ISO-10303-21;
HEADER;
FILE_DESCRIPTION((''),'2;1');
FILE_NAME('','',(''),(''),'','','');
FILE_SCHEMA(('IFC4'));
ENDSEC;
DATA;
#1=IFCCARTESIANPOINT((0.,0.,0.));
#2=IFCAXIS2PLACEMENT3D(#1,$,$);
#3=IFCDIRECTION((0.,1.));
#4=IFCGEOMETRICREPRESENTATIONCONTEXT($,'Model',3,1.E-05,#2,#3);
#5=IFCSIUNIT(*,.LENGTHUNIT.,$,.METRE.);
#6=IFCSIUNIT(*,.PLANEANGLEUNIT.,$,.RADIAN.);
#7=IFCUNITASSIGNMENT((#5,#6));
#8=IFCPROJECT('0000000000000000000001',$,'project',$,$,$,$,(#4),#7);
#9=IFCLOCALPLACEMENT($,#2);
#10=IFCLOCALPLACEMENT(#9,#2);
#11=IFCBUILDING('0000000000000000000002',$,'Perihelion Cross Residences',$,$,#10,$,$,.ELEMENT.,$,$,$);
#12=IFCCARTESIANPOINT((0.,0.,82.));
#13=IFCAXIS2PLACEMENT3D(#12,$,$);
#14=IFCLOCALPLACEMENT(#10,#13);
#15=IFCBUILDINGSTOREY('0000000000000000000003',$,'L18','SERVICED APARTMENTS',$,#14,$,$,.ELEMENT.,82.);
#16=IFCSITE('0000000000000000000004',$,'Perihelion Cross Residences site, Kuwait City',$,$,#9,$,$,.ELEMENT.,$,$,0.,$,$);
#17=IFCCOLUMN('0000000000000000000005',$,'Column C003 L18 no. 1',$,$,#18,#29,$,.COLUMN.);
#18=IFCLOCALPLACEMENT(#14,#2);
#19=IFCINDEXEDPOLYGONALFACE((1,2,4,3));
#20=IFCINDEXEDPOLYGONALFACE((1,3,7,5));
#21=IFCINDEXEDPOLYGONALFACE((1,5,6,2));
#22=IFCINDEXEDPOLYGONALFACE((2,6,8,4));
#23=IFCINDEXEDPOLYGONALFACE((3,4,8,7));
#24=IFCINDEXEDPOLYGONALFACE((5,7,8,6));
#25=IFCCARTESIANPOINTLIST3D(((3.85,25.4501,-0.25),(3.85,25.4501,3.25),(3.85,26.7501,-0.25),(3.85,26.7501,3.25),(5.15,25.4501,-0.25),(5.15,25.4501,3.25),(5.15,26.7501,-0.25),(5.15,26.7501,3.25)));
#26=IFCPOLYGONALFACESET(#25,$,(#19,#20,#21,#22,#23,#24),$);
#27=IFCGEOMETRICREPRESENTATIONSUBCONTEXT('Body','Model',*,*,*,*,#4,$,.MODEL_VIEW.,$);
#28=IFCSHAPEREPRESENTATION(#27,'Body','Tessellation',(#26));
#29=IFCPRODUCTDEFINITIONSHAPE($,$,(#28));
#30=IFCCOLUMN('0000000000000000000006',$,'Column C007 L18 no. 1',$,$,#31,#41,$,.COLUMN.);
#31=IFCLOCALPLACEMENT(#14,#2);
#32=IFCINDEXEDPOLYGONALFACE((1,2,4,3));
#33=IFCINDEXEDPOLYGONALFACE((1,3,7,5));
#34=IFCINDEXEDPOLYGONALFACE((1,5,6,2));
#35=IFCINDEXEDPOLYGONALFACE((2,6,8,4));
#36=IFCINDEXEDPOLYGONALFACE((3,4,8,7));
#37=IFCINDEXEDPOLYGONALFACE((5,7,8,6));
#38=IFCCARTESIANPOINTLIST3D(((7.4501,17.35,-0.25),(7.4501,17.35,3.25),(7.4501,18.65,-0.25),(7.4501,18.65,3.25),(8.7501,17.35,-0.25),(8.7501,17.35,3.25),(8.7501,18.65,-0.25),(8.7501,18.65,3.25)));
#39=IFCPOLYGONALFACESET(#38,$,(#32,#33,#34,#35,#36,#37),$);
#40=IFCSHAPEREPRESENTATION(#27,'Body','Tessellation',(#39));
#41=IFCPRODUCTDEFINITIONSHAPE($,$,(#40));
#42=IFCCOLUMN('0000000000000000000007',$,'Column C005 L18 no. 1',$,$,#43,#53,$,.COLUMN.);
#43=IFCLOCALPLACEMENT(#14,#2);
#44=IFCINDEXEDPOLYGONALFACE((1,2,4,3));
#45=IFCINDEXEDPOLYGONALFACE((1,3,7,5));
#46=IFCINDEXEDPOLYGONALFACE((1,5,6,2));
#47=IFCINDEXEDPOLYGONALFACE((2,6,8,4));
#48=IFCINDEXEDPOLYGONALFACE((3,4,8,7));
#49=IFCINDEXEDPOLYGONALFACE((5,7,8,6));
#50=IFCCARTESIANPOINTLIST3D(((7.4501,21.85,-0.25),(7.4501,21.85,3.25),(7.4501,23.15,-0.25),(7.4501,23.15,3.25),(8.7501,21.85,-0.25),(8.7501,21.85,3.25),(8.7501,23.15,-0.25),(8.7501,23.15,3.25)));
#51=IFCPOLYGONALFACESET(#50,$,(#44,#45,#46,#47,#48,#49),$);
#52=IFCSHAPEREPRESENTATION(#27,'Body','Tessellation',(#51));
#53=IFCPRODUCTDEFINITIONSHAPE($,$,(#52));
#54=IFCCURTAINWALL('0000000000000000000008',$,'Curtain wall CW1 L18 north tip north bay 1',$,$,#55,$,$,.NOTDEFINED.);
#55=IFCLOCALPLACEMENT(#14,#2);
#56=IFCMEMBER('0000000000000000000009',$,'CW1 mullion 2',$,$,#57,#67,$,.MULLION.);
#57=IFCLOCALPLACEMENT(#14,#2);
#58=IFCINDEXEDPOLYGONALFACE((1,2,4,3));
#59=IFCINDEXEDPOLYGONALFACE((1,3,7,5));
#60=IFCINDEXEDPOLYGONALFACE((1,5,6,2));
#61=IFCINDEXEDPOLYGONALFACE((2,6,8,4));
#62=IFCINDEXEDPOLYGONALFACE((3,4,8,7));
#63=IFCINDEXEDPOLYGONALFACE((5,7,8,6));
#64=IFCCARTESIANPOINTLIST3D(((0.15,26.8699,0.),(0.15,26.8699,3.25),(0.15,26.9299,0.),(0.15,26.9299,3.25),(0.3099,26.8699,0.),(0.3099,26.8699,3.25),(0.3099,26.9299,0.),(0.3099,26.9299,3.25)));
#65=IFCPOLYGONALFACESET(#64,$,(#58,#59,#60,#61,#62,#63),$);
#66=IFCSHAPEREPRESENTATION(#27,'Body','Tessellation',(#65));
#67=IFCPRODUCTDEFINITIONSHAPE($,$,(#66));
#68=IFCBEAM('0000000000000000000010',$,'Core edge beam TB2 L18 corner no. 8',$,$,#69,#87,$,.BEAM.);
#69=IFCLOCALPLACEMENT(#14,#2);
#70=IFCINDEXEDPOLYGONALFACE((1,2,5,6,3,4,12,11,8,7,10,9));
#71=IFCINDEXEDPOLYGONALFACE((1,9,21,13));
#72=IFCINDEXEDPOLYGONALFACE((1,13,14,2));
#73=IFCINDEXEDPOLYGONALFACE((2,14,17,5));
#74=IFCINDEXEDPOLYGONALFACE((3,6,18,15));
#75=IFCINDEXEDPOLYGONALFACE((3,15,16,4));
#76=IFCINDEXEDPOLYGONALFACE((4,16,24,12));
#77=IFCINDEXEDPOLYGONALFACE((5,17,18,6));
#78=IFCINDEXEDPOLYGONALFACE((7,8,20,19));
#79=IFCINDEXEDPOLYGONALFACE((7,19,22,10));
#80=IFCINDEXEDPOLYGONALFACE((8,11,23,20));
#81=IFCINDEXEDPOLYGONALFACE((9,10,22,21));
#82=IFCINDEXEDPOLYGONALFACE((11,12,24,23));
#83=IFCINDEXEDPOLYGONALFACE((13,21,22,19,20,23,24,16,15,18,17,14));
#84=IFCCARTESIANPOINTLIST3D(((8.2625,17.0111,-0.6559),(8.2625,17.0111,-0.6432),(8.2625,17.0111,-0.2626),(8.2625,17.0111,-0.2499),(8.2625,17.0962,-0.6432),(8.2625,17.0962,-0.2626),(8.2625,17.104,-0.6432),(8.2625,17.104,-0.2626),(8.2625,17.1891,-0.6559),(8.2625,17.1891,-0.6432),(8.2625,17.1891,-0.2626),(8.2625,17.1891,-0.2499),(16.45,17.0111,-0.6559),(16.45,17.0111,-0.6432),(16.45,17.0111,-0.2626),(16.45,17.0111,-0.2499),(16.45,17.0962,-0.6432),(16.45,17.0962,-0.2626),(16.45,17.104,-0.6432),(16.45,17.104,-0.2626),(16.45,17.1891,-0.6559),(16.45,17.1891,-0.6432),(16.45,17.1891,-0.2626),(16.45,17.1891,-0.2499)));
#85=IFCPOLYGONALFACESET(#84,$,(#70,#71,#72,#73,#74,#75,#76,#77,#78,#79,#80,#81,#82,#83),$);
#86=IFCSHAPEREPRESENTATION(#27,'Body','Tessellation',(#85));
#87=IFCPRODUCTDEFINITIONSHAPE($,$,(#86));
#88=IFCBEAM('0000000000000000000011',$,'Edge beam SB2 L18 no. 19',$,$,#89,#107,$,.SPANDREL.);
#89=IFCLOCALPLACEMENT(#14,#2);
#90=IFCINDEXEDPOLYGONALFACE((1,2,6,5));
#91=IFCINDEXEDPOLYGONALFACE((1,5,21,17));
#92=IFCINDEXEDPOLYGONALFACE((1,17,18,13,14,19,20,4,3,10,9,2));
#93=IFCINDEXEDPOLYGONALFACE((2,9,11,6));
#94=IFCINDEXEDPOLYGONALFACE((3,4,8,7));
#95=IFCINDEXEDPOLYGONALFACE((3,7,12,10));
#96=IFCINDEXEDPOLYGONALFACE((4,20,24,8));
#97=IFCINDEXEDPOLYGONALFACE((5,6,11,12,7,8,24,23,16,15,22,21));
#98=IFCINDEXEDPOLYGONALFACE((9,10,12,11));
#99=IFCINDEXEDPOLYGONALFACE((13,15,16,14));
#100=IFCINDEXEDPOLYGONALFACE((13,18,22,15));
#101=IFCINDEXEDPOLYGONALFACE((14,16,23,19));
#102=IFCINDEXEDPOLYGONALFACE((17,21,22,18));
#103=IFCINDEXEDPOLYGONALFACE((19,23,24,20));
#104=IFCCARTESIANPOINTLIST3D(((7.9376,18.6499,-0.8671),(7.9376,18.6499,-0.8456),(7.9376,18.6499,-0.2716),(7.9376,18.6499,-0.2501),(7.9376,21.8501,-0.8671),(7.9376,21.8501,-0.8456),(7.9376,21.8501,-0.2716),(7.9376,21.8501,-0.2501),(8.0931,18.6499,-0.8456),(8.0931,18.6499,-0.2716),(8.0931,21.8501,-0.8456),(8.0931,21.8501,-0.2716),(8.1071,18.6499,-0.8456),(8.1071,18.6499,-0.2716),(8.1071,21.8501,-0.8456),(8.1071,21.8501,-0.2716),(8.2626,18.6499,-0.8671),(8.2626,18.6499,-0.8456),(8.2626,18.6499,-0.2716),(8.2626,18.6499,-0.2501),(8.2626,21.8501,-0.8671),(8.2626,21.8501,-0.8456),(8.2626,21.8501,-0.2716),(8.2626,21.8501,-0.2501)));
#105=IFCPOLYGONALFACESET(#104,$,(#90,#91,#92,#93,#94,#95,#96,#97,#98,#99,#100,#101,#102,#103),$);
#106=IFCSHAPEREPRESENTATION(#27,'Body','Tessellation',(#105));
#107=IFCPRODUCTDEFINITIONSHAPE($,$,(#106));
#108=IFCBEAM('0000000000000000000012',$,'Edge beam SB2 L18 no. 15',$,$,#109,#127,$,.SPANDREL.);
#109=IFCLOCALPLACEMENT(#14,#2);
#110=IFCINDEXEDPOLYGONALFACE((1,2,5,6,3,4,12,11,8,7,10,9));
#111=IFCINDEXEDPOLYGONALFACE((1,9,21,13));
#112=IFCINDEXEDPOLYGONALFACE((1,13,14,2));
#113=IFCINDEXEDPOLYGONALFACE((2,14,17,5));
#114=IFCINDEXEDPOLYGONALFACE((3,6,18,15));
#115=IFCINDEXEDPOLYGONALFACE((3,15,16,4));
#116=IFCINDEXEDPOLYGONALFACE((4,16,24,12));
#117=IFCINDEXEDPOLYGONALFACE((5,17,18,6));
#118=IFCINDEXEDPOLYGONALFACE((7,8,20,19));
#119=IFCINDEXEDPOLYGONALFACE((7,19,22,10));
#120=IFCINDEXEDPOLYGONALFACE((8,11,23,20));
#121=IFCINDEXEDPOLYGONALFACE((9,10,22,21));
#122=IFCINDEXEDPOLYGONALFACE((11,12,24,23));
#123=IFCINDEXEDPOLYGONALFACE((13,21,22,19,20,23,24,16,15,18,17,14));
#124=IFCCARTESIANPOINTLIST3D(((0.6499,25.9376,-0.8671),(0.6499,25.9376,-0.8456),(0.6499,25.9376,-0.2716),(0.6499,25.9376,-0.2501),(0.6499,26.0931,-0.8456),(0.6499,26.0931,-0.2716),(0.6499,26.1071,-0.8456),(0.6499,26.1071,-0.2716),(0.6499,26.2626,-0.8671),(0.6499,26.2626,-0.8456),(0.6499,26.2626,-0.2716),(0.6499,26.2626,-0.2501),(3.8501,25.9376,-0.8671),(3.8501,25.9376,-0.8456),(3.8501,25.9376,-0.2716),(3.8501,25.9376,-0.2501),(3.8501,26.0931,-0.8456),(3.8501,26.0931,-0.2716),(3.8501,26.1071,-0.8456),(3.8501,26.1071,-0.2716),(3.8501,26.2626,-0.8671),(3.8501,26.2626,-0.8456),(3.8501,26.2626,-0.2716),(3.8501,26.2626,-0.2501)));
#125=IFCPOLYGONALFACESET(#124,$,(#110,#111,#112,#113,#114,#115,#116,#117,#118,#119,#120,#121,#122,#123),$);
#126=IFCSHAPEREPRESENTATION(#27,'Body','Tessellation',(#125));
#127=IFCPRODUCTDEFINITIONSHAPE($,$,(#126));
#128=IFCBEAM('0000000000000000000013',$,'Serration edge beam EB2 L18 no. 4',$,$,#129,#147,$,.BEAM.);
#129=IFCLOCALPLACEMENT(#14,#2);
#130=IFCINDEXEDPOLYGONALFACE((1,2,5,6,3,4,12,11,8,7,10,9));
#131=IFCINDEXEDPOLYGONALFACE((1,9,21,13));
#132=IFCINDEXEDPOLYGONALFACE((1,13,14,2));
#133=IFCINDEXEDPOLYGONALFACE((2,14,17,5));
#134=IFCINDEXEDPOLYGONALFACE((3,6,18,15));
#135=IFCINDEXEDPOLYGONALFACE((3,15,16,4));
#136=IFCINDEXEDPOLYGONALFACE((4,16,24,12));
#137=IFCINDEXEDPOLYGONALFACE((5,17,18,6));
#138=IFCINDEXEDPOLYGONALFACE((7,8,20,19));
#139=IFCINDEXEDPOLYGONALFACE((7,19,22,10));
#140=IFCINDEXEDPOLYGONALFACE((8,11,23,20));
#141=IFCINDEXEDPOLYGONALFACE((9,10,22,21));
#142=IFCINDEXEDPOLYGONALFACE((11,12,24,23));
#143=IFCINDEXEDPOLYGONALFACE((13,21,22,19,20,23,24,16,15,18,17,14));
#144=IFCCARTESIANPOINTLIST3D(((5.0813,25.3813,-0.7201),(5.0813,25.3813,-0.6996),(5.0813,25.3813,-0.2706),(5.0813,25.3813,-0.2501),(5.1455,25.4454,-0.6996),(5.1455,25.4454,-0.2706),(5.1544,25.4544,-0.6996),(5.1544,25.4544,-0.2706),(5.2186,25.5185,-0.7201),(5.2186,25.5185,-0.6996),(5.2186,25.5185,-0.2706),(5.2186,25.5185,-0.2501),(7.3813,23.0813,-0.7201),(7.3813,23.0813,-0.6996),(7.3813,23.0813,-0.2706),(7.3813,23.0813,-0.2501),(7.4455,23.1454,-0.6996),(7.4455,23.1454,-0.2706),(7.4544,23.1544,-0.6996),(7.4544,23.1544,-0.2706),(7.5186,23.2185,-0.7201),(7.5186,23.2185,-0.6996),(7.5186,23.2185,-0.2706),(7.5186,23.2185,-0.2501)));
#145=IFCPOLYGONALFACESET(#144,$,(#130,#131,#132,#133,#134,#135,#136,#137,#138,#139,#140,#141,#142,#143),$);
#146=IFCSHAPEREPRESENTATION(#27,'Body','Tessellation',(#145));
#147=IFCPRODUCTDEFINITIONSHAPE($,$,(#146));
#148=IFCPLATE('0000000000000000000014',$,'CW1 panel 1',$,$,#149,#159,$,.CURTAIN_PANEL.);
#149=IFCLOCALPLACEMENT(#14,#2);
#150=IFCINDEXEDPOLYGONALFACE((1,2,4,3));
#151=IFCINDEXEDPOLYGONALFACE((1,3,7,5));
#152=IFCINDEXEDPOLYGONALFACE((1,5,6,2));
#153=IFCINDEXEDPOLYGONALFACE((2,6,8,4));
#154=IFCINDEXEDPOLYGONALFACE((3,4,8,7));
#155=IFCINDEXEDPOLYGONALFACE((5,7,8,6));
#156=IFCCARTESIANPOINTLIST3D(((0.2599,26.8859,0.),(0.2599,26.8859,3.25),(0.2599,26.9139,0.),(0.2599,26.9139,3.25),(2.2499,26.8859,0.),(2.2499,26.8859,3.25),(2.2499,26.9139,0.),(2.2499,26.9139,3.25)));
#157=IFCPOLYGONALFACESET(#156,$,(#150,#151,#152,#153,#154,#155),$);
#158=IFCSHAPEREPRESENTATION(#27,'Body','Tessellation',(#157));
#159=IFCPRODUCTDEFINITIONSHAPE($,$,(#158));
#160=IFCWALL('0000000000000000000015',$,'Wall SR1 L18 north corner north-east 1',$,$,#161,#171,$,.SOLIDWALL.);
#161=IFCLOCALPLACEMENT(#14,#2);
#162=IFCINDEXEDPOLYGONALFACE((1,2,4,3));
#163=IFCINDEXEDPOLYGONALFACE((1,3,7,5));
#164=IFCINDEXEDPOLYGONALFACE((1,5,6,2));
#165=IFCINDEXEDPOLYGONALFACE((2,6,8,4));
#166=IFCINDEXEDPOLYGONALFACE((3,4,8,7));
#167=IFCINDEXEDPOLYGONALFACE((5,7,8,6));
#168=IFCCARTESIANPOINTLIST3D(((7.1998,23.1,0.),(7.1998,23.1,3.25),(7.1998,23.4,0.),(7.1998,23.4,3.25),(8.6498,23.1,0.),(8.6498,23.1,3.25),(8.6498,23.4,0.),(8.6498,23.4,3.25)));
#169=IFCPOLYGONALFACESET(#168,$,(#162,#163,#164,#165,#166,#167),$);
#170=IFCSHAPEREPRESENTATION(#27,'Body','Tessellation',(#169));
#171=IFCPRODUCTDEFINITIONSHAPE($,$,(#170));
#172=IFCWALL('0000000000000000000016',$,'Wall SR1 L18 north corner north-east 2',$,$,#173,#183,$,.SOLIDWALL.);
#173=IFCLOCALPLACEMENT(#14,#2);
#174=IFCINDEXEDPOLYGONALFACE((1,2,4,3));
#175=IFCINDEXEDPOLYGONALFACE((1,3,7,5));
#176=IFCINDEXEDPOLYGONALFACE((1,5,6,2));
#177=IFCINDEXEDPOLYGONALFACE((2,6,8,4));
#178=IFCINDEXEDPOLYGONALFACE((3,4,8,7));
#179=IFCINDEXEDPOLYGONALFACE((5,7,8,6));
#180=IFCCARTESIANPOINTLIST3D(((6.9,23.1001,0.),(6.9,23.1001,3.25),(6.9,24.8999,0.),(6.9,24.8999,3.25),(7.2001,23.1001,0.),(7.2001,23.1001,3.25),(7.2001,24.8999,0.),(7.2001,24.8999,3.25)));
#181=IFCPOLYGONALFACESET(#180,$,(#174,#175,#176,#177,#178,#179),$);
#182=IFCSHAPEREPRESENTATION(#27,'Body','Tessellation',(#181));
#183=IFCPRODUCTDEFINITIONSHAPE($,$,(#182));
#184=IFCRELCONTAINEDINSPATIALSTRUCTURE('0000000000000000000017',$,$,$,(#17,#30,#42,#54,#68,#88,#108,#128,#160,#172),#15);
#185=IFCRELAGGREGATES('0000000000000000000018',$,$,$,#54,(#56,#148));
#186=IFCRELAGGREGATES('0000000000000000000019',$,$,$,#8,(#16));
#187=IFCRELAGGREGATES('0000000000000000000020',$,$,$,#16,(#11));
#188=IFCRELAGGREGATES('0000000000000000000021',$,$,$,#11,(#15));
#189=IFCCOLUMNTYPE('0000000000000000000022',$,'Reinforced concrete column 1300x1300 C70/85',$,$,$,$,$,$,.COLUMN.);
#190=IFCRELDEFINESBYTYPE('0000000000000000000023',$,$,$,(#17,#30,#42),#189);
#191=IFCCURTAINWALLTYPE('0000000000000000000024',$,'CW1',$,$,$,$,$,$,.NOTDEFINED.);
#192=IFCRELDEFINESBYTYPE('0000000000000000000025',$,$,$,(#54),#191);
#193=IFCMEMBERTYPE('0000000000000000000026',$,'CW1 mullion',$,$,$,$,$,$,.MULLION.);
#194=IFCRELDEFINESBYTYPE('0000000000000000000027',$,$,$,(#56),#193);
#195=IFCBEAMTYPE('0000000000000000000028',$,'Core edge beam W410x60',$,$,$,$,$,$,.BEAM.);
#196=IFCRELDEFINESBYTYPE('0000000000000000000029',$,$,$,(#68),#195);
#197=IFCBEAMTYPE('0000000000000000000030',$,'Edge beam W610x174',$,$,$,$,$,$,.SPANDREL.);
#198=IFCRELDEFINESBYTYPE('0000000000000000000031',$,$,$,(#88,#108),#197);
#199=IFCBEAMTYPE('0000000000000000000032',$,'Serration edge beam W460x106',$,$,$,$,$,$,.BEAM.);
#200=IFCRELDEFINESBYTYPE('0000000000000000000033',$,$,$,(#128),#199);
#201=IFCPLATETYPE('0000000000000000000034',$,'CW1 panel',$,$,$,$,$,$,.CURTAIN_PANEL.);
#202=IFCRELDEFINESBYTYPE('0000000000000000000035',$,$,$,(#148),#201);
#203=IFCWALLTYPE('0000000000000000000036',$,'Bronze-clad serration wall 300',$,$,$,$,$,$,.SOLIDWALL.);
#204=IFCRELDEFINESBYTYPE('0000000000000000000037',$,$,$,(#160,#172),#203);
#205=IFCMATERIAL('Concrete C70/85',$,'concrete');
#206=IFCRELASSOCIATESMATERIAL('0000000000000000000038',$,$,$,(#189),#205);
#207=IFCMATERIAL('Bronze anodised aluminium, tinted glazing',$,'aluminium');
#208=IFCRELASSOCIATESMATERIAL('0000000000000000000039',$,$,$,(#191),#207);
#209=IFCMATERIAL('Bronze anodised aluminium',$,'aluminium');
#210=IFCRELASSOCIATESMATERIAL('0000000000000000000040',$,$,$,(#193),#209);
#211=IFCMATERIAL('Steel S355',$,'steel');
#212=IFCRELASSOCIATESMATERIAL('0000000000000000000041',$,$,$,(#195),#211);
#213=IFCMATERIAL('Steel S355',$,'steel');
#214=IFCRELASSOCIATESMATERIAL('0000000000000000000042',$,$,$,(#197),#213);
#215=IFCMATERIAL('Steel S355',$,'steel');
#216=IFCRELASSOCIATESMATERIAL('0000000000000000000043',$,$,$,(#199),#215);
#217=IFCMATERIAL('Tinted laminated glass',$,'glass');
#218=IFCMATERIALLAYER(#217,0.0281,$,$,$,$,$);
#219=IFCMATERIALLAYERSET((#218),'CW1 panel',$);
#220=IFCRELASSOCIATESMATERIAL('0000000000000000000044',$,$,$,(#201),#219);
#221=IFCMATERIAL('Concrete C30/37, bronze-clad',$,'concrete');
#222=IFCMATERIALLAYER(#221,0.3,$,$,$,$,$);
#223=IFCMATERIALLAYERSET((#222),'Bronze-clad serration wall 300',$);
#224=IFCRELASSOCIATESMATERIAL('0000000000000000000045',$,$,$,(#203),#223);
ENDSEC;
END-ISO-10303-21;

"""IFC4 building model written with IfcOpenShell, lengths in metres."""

from ifc_helpers import new_model, si_unit, direction, frame, frame_2d, origin, origin_2d, place, context, subcontext, project, spatial, rectangle, i_section, extrude, material, layer, layer_set, material_profile, profile_set, type_object, element, aggregate, save


model = new_model("IFC4")

# Units and contexts
model_context = context("Model", 3, precision=1e-05, world=origin(), true_north=direction((0.0, 1.0)))
body_context = subcontext(model_context, "Body", "Model", "MODEL_VIEW")
ifc_project = project(units=[si_unit("LENGTHUNIT", "METRE"), si_unit("PLANEANGLEUNIT", "RADIAN")], contexts=[model_context])

# Site, building, storey
site_placement = place(None, origin())
site = spatial("IfcSite", under=ifc_project, at=site_placement, Name="Perihelion Cross Residences site, Kuwait City", CompositionType="ELEMENT", RefElevation=0.0)
building_placement = place(site_placement, origin())
building = spatial("IfcBuilding", under=site, at=building_placement, Name="Perihelion Cross Residences", CompositionType="ELEMENT")
storey_placement = place(building_placement, frame((0.0, 0.0, 82.0)))
storey = spatial("IfcBuildingStorey", under=building, at=storey_placement, Name="L18", Description="SERVICED APARTMENTS", CompositionType="ELEMENT", Elevation=82.0)

# Columns
ifc_material_1 = material(Name="Concrete C70/85", Category="concrete")
ifc_material_profile_1 = material_profile(ifc_material_1, rectangle(XDim=1.3, YDim=1.3, at=origin_2d()), Name="RC 1300x1300")
ifc_profile_set_1 = profile_set([ifc_material_profile_1], Name="Concrete C70/85")
column_type = type_object("IfcColumnType", Name="Reinforced concrete column 1300x1300 C70/85", PredefinedType="COLUMN", material=ifc_profile_set_1)
for number, where, z_axis, x_axis, name in (
    (1, (4.5, 26.1001, -0.25), (0.0, 0.0, 1.0), (1.0, 0.0, 0.0), "Column C003 L18 no. 1"),
    (2, (8.1001, 18.0, -0.25), (0.0, 0.0, 1.0), (1.0, 0.0, 0.0), "Column C007 L18 no. 1"),
    (3, (8.1001, 22.5, -0.25), (0.0, 0.0, 1.0), (1.0, 0.0, 0.0), "Column C005 L18 no. 1"),
):
    element("IfcColumn", number, at=place(storey_placement, frame(where, z_axis=z_axis, x_axis=x_axis)), inside=storey, type_object=column_type, Name=name, PredefinedType="COLUMN", context=body_context, shape_type="SweptSolid", body=[
        extrude(rectangle(XDim=1.3, YDim=1.3, at=origin_2d()), origin(), (0.0, 0.0, 1.0), 3.5),
    ])

# Curtain wall, member
ifc_material_2 = material(Name="Bronze anodised aluminium, tinted glazing", Category="aluminium")
curtain_wall_type = type_object("IfcCurtainWallType", Name="CW1", PredefinedType="NOTDEFINED", material=ifc_material_2)
curtain_wall_placement = place(storey_placement, origin())
curtain_wall = element("IfcCurtainWall", 4, at=curtain_wall_placement, inside=storey, type_object=curtain_wall_type, Name="Curtain wall CW1 L18 north tip north bay 1", PredefinedType="NOTDEFINED")
ifc_material_3 = material(Name="Bronze anodised aluminium", Category="aluminium")
ifc_material_profile_2 = material_profile(ifc_material_3, rectangle(XDim=0.0601, YDim=0.1599, at=origin_2d()), Name="CW1 mullion")
ifc_profile_set_2 = profile_set([ifc_material_profile_2], Name="Bronze anodised aluminium")
member_type = type_object("IfcMemberType", Name="CW1 mullion", PredefinedType="MULLION", material=ifc_profile_set_2)
member_placement = place(storey_placement, frame((0.23, 26.8999, 0.0), z_axis=(0.0, 0.0, 1.0), x_axis=(0.0, -1.0, 0.0)))
member = element("IfcMember", 5, at=member_placement, type_object=member_type, Name="CW1 mullion 2", PredefinedType="MULLION", context=body_context, shape_type="SweptSolid", body=[
    extrude(rectangle(XDim=0.0601, YDim=0.1599, at=origin_2d()), origin(), (0.0, 0.0, 1.0), 3.25),
])

# Beams
ifc_material_4 = material(Name="Steel S355", Category="steel")
ifc_material_profile_3 = material_profile(ifc_material_4, i_section(OverallWidth=0.178, OverallDepth=0.406, WebThickness=0.0078, FlangeThickness=0.0127, at=origin_2d()), Name="W410x60")
ifc_profile_set_3 = profile_set([ifc_material_profile_3], Name="Steel S355")
beam_type_1 = type_object("IfcBeamType", Name="Core edge beam W410x60", PredefinedType="BEAM", material=ifc_profile_set_3)
beam_1_placement = place(storey_placement, frame((8.2625, 17.1001, -0.4529), z_axis=(1.0, 0.0, 0.0), x_axis=(0.0, 1.0, 0.0)))
element("IfcBeam", 6, at=beam_1_placement, inside=storey, type_object=beam_type_1, Name="Core edge beam TB2 L18 corner no. 8", PredefinedType="BEAM", context=body_context, shape_type="SweptSolid", body=[
    extrude(i_section(OverallWidth=0.178, OverallDepth=0.406, WebThickness=0.0078, FlangeThickness=0.0127, at=origin_2d()), origin(), (0.0, 0.0, 1.0), 8.1875),
])
ifc_material_5 = material(Name="Steel S355", Category="steel")
ifc_material_profile_4 = material_profile(ifc_material_5, i_section(OverallWidth=0.325, OverallDepth=0.6169, WebThickness=0.0139, FlangeThickness=0.0215, at=origin_2d()), Name="W610x174")
ifc_profile_set_4 = profile_set([ifc_material_profile_4], Name="Steel S355")
beam_type_2 = type_object("IfcBeamType", Name="Edge beam W610x174", PredefinedType="SPANDREL", material=ifc_profile_set_4)
for number, where, z_axis, x_axis, name in (
    (7, (8.1001, 18.6499, -0.5586), (0.0, 1.0, 0.0), (-1.0, 0.0, 0.0), "Edge beam SB2 L18 no. 19"),
    (8, (3.8501, 26.1001, -0.5586), (-1.0, 0.0, 0.0), (0.0, -1.0, 0.0), "Edge beam SB2 L18 no. 15"),
):
    element("IfcBeam", number, at=place(storey_placement, frame(where, z_axis=z_axis, x_axis=x_axis)), inside=storey, type_object=beam_type_2, Name=name, PredefinedType="SPANDREL", context=body_context, shape_type="SweptSolid", body=[
        extrude(i_section(OverallWidth=0.325, OverallDepth=0.6169, WebThickness=0.0139, FlangeThickness=0.0215, at=origin_2d()), origin(), (0.0, 0.0, 1.0), 3.2002),
    ])
ifc_material_6 = material(Name="Steel S355", Category="steel")
ifc_material_profile_5 = material_profile(ifc_material_6, i_section(OverallWidth=0.1941, OverallDepth=0.47, WebThickness=0.0127, FlangeThickness=0.0205, at=origin_2d()), Name="W460x106")
ifc_profile_set_5 = profile_set([ifc_material_profile_5], Name="Steel S355")
beam_type_3 = type_object("IfcBeamType", Name="Serration edge beam W460x106", PredefinedType="BEAM", material=ifc_profile_set_5)
beam_2_placement = place(storey_placement, frame((7.45, 23.1499, -0.4851), z_axis=(-0.707107, 0.707107, 0.0), x_axis=(-0.707107, -0.707107, 0.0)))
element("IfcBeam", 9, at=beam_2_placement, inside=storey, type_object=beam_type_3, Name="Serration edge beam EB2 L18 no. 4", PredefinedType="BEAM", context=body_context, shape_type="SweptSolid", body=[
    extrude(i_section(OverallWidth=0.1941, OverallDepth=0.47, WebThickness=0.0127, FlangeThickness=0.0205, at=origin_2d()), origin(), (0.0, 0.0, 1.0), 3.2527),
])

# Plate
ifc_material_7 = material(Name="Tinted laminated glass", Category="glass")
ifc_layer_1 = layer(ifc_material_7, 0.0281)
ifc_layer_set_1 = layer_set([ifc_layer_1], Name="CW1 panel")
plate_type = type_object("IfcPlateType", Name="CW1 panel", PredefinedType="CURTAIN_PANEL", material=ifc_layer_set_1)
plate_placement = place(storey_placement, frame((1.2549, 26.8999, 0.0), z_axis=(0.0, 0.0, 1.0), x_axis=(-1.0, 0.0, 0.0)))
plate = element("IfcPlate", 10, at=plate_placement, type_object=plate_type, Name="CW1 panel 1", PredefinedType="CURTAIN_PANEL", context=body_context, shape_type="SweptSolid", body=[
    extrude(rectangle(XDim=1.99, YDim=0.0281, at=origin_2d()), origin(), (0.0, 0.0, 1.0), 3.25),
])
aggregate(curtain_wall, [member, plate])

# Walls
ifc_material_8 = material(Name="Concrete C30/37, bronze-clad", Category="concrete")
ifc_layer_2 = layer(ifc_material_8, 0.3)
ifc_layer_set_2 = layer_set([ifc_layer_2], Name="Bronze-clad serration wall 300")
wall_type_1 = type_object("IfcWallType", Name="Bronze-clad serration wall 300", PredefinedType="SOLIDWALL", material=ifc_layer_set_2)
wall_1_placement = place(storey_placement, frame((8.6499, 23.25, 0.0), z_axis=(0.0, 0.0, 1.0), x_axis=(-1.0, 0.0, 0.0)))
element("IfcWall", 11, at=wall_1_placement, inside=storey, type_object=wall_type_1, Name="Wall SR1 L18 north corner north-east 1", PredefinedType="SOLIDWALL", context=body_context, shape_type="SweptSolid", body=[
    extrude(rectangle(XDim=1.45, YDim=0.3, at=frame_2d((0.7251, 0.0))), origin(), (0.0, 0.0, 1.0), 3.25),
])
wall_2_placement = place(storey_placement, frame((7.05, 23.1001, 0.0), z_axis=(0.0, 0.0, 1.0), x_axis=(0.0, 1.0, 0.0)))
element("IfcWall", 12, at=wall_2_placement, inside=storey, type_object=wall_type_1, Name="Wall SR1 L18 north corner north-east 2", PredefinedType="SOLIDWALL", context=body_context, shape_type="SweptSolid", body=[
    extrude(rectangle(XDim=1.7998, YDim=0.3, at=frame_2d((0.8999, 0.0))), origin(), (0.0, 0.0, 1.0), 3.25),
])

save(model, "model.ifc")
